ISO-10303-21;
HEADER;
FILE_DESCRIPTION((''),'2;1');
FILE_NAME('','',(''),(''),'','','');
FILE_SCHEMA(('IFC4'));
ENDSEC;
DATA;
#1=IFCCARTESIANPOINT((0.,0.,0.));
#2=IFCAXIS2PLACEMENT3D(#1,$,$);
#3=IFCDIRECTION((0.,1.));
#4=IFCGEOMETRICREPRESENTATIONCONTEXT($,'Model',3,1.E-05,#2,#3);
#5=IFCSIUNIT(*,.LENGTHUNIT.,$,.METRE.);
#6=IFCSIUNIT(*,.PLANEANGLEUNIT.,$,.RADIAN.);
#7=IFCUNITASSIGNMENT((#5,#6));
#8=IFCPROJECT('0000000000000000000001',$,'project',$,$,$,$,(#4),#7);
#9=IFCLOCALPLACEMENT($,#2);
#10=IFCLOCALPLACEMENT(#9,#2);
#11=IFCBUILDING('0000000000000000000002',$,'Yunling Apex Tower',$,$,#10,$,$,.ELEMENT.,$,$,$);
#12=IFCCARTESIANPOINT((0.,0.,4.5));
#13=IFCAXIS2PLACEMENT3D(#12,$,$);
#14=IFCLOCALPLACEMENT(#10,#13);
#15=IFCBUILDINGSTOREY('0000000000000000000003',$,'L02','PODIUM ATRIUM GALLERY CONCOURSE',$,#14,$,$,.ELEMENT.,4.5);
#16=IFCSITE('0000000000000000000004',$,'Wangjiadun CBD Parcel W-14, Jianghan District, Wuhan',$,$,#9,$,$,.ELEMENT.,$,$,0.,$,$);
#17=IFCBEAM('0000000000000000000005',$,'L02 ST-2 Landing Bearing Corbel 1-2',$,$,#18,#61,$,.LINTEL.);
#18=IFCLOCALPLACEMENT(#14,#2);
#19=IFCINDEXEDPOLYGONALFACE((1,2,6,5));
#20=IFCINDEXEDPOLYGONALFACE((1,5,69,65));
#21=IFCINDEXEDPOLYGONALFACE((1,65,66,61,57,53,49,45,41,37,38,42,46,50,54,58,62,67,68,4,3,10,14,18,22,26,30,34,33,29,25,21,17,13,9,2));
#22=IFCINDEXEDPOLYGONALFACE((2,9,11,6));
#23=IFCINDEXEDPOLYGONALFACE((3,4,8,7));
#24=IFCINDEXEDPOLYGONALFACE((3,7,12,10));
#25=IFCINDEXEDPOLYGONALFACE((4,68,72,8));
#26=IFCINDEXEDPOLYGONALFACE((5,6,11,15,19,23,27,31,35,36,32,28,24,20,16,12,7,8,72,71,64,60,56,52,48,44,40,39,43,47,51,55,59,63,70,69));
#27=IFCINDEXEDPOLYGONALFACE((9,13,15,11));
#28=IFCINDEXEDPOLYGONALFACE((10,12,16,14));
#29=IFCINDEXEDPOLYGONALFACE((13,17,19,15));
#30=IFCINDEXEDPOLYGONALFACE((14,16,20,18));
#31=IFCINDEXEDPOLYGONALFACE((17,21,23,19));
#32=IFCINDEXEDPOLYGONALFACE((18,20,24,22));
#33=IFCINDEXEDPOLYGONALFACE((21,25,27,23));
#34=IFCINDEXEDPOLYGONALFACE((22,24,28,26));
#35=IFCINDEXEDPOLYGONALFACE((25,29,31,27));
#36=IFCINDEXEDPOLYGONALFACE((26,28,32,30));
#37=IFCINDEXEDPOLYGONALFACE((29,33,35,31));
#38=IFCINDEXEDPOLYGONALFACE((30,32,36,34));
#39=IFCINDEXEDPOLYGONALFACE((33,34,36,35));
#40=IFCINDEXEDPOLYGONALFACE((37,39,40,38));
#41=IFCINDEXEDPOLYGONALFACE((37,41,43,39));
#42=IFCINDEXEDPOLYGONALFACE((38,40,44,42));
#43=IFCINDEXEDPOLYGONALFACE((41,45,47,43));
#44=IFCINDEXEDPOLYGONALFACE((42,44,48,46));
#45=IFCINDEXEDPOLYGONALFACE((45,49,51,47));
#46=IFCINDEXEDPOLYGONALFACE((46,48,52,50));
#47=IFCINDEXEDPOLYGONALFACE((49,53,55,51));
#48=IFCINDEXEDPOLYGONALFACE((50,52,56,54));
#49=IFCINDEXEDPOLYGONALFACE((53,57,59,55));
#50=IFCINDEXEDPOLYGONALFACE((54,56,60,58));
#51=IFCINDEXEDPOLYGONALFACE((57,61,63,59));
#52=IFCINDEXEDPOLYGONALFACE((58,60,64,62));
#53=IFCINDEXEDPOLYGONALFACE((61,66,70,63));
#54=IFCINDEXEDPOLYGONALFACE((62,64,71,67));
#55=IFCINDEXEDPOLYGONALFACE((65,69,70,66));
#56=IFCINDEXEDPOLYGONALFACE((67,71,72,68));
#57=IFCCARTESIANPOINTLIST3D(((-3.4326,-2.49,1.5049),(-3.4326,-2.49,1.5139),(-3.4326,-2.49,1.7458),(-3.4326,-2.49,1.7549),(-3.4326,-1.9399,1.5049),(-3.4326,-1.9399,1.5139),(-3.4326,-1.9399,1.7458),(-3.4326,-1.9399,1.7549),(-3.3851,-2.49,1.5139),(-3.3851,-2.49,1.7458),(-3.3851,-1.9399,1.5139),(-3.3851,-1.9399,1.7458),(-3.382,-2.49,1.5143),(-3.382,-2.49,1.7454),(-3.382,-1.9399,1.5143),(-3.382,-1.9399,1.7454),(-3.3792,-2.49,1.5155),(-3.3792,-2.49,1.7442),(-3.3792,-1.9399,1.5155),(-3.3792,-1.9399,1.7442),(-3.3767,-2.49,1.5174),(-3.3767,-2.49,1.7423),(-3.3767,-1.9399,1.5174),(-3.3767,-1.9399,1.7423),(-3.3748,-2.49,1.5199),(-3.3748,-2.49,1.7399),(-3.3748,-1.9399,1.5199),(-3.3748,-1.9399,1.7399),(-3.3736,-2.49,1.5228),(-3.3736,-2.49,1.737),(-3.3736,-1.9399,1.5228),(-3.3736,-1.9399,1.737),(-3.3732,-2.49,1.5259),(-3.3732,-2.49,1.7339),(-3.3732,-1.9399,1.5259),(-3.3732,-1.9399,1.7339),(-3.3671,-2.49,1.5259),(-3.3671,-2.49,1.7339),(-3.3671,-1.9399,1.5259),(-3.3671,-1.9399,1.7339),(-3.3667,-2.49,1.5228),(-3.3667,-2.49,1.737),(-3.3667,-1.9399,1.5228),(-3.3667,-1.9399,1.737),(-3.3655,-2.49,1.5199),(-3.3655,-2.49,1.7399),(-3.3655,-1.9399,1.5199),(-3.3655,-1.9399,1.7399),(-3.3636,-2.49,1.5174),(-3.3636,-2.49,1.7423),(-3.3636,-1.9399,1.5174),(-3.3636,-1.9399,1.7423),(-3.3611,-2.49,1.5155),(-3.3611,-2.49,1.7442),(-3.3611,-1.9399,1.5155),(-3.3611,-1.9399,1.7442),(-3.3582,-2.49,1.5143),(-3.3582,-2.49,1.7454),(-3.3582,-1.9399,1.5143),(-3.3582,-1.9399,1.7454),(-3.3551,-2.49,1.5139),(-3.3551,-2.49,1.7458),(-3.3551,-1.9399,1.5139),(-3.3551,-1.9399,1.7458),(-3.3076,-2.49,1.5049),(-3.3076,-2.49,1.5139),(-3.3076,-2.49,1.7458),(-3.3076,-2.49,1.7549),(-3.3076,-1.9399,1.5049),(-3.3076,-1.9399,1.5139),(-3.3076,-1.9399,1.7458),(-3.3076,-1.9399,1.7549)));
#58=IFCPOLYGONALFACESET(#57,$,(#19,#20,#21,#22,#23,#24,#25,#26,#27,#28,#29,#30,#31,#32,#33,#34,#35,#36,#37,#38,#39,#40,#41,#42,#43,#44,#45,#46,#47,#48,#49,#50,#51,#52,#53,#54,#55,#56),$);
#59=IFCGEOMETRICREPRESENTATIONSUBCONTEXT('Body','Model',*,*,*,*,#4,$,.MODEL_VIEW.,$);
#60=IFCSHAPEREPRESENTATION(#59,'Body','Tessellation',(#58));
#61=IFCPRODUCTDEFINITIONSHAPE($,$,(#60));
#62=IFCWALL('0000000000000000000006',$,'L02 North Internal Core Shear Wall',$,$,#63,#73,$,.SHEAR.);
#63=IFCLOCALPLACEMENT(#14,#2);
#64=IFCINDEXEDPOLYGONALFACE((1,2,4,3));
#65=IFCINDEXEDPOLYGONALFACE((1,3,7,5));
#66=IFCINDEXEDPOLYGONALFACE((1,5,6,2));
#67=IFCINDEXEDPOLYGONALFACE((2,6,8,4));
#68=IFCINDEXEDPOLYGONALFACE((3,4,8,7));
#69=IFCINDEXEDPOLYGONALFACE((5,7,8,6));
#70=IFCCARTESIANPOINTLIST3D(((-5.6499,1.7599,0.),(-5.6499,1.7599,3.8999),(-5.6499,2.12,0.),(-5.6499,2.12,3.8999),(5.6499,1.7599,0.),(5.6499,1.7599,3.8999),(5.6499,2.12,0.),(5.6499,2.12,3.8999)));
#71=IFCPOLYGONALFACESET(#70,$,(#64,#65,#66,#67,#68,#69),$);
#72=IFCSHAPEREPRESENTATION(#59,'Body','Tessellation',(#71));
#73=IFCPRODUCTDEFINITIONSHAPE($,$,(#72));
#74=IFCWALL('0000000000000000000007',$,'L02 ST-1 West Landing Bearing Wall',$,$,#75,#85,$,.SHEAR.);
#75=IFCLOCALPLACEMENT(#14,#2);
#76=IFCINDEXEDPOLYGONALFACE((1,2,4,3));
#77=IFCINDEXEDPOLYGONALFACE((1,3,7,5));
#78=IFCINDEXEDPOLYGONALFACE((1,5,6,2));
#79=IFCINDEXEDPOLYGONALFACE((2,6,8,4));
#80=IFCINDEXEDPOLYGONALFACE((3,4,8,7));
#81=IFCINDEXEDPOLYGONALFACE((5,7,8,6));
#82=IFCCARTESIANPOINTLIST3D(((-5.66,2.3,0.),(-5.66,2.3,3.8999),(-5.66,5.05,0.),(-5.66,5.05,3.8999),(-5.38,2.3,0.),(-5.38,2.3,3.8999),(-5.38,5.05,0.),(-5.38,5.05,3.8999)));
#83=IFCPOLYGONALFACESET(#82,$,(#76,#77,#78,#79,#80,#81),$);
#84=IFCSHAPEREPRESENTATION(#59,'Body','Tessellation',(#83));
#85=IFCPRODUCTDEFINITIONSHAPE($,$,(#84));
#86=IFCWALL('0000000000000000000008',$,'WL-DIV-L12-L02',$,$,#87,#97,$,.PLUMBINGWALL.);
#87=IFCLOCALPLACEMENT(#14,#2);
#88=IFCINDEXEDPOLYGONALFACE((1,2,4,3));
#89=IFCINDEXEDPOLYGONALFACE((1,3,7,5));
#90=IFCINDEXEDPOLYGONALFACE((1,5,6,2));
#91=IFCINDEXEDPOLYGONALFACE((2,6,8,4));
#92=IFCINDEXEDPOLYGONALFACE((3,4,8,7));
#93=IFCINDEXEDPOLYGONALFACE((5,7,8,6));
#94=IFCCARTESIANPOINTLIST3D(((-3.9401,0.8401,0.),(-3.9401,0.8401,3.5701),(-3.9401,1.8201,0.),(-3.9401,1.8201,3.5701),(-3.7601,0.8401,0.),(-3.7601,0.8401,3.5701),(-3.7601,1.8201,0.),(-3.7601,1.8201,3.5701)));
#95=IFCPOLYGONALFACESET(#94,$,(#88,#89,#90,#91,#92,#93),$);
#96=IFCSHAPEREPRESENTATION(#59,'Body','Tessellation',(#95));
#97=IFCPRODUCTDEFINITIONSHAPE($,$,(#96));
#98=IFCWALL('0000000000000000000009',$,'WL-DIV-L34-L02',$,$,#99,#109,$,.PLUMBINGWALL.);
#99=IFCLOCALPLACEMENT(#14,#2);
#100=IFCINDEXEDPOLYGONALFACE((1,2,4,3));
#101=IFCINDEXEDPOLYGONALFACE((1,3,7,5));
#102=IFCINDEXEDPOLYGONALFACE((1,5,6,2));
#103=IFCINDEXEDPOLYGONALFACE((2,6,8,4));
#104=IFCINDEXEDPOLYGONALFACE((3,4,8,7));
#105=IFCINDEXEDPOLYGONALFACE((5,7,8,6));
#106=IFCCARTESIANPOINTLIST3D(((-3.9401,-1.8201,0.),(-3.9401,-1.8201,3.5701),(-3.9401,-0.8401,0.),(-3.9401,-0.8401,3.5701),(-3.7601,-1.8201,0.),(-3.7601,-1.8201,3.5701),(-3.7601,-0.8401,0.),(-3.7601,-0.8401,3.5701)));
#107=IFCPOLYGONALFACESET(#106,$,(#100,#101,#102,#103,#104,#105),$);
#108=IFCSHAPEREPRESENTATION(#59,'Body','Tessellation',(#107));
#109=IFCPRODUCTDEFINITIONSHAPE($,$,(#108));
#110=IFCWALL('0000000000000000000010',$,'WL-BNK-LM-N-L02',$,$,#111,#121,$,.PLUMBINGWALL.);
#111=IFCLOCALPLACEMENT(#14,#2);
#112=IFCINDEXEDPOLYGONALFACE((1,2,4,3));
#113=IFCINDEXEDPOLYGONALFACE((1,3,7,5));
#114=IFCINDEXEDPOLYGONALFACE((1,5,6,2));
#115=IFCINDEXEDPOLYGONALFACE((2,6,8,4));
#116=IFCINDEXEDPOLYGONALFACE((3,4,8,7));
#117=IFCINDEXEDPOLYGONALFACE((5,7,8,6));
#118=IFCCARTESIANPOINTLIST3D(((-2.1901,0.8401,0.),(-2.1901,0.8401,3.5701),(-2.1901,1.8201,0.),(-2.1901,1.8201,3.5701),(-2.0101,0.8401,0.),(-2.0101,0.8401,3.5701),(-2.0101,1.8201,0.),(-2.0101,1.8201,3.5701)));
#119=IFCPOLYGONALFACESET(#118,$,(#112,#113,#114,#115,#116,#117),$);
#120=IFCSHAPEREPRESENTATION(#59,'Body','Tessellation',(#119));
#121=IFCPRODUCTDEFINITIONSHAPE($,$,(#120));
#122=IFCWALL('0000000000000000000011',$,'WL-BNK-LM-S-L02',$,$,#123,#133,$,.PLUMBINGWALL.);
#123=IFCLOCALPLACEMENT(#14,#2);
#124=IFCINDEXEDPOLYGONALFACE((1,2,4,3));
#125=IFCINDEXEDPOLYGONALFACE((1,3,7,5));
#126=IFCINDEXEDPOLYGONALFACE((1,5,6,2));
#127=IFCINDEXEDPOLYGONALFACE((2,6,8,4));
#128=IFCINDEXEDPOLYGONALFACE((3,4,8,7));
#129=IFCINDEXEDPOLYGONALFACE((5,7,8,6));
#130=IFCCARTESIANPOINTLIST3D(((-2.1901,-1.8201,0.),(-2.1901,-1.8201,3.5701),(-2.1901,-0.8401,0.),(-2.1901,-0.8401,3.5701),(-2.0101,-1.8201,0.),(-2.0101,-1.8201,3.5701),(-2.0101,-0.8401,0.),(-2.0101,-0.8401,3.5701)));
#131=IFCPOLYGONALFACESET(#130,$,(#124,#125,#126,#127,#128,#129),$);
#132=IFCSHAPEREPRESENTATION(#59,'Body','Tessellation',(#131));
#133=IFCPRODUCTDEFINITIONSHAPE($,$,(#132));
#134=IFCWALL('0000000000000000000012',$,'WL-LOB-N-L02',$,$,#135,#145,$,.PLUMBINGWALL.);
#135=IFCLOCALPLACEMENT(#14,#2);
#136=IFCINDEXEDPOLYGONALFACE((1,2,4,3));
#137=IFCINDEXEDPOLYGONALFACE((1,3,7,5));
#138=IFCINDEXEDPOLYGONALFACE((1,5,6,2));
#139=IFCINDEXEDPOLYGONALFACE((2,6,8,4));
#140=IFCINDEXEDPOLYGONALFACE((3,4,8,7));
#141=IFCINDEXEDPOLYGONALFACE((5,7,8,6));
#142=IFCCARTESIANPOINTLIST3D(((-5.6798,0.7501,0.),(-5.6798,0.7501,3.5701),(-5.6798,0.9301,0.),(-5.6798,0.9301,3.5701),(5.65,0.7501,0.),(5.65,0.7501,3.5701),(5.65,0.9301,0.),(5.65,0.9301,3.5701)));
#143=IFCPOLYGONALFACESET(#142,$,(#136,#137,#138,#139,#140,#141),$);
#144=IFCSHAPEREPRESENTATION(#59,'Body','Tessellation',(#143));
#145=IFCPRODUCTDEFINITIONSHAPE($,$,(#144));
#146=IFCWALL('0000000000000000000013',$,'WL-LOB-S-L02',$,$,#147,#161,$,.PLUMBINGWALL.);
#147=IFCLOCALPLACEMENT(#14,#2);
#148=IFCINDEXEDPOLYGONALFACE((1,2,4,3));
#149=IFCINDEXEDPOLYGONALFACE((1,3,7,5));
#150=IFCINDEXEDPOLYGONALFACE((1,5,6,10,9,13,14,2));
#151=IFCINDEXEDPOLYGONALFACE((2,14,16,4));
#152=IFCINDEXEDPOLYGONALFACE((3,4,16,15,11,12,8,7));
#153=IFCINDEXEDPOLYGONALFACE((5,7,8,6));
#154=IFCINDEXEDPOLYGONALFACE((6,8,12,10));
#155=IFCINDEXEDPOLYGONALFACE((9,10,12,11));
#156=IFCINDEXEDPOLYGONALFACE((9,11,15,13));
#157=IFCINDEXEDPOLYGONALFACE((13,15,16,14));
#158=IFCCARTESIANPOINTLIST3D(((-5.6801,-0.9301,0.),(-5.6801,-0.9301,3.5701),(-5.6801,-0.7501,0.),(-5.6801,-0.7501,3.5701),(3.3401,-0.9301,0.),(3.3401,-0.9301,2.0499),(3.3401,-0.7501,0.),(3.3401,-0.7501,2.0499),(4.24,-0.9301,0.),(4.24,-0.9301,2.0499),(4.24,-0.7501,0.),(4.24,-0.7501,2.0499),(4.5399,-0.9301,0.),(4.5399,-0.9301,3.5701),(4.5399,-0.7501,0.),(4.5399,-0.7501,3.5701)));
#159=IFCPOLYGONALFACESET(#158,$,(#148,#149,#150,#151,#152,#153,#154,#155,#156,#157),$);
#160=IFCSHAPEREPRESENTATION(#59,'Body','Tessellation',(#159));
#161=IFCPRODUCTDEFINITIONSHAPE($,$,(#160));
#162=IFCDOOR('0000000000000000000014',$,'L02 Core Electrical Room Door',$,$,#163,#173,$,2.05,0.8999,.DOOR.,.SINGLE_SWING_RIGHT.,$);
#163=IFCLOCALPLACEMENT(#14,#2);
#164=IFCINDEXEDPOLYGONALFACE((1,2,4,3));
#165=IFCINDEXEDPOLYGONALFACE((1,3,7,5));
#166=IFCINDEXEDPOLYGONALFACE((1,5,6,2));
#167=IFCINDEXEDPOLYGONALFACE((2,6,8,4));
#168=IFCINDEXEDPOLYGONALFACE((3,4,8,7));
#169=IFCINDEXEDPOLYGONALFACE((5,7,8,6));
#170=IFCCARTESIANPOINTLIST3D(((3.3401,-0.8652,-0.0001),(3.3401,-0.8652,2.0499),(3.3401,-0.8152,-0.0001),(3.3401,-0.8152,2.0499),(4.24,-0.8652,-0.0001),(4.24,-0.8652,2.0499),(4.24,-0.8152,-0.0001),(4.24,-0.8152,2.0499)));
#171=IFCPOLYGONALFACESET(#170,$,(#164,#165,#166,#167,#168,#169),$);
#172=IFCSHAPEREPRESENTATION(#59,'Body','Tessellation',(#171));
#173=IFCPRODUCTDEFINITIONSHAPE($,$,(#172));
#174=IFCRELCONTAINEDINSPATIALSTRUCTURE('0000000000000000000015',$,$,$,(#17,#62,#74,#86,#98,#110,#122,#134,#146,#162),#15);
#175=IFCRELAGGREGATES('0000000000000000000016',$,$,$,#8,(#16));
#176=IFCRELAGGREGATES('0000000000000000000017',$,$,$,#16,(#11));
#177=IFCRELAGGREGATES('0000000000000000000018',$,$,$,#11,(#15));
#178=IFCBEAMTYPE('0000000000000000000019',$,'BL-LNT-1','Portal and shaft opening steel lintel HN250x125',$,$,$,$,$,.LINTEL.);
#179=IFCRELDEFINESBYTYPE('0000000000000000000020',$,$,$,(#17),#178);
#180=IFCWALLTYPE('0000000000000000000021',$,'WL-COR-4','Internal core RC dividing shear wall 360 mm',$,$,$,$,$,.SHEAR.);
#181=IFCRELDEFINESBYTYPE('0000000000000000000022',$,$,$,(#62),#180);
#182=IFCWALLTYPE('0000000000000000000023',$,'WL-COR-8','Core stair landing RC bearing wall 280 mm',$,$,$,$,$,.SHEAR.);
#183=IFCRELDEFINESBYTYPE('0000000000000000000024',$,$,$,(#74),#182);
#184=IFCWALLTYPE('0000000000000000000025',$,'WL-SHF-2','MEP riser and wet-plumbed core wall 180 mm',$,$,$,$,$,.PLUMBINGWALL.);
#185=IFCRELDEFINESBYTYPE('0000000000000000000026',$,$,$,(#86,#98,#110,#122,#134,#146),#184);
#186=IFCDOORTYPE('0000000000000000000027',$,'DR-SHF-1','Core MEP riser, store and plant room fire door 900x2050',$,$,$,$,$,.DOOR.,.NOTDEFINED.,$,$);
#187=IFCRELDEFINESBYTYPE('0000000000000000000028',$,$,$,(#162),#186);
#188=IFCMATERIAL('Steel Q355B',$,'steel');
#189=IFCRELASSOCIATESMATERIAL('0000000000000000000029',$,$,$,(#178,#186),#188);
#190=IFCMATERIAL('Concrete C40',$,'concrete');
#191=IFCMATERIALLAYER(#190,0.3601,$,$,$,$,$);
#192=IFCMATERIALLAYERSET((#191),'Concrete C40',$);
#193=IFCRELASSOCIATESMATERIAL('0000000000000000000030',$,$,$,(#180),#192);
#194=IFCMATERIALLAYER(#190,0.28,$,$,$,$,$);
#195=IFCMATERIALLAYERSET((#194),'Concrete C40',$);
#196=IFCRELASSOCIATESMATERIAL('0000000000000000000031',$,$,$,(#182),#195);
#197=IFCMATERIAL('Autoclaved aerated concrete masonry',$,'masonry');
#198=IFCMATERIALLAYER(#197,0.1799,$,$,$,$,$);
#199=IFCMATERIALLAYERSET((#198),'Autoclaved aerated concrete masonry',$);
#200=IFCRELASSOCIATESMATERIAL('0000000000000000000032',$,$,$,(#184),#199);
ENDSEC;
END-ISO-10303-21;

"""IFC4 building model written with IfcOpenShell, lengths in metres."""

from ifc_helpers import new_model, si_unit, direction, frame, frame_2d, origin, origin_2d, place, context, subcontext, project, spatial, rectangle, i_section, extrude, source, transform, mapped, material, layer, layer_set, material_profile, profile_set, type_object, element, fill, save


model = new_model("IFC4")

# Units and contexts
model_context = context("Model", 3, precision=1e-05, world=origin(), true_north=direction((0.0, 1.0)))
body_context = subcontext(model_context, "Body", "Model", "MODEL_VIEW")
ifc_project = project(units=[si_unit("LENGTHUNIT", "METRE"), si_unit("PLANEANGLEUNIT", "RADIAN")], contexts=[model_context])

# Site, building, storey
site_placement = place(None, origin())
site = spatial("IfcSite", under=ifc_project, at=site_placement, Name="Wangjiadun CBD Parcel W-14, Jianghan District, Wuhan", CompositionType="ELEMENT", RefElevation=0.0)
building_placement = place(site_placement, origin())
building = spatial("IfcBuilding", under=site, at=building_placement, Name="Yunling Apex Tower", CompositionType="ELEMENT")
storey_placement = place(building_placement, frame((0.0, 0.0, 4.5)))
storey = spatial("IfcBuildingStorey", under=building, at=storey_placement, Name="L02", Description="PODIUM ATRIUM GALLERY CONCOURSE", CompositionType="ELEMENT", Elevation=4.5)

# Beam
ifc_material_1 = material(Name="Steel Q355B", Category="steel")
ifc_material_profile = material_profile(ifc_material_1, i_section(OverallWidth=0.125, OverallDepth=0.25, WebThickness=0.0061, FlangeThickness=0.009, FilletRadius=0.012, at=origin_2d()))
ifc_profile_set = profile_set([ifc_material_profile], Name="Steel Q355B")
beam_type = type_object("IfcBeamType", Name="BL-LNT-1", Description="Portal and shaft opening steel lintel HN250x125", PredefinedType="LINTEL", material=ifc_profile_set)
shared_shape_1 = source(origin(), body_context, "Body", "SweptSolid", [
    extrude(i_section(OverallWidth=0.125, OverallDepth=0.25, WebThickness=0.0061, FlangeThickness=0.009, FilletRadius=0.012, at=origin_2d()), origin(), (0.0, 0.0, 1.0), 0.55),
])
for number, where, z_axis, x_axis, name in (
    (1, (-3.3701, -1.9399, 1.6299), (0.0, -1.0, 0.0), (1.0, 0.0, 0.0), "L02 ST-2 Landing Bearing Corbel 1-2"),
):
    element("IfcBeam", number, at=place(storey_placement, frame(where, z_axis=z_axis, x_axis=x_axis)), inside=storey, type_object=beam_type, Name=name, PredefinedType="LINTEL", context=body_context, shape_type="MappedRepresentation", body=[
        mapped(shared_shape_1, transform((0.0, 0.0, 0.0), scale=1.0)),
    ])

# Walls
ifc_material_2 = material(Name="Concrete C40", Category="concrete")
ifc_layer_1 = layer(ifc_material_2, 0.3601)
ifc_layer_set_1 = layer_set([ifc_layer_1], Name="Concrete C40")
wall_type_1 = type_object("IfcWallType", Name="WL-COR-4", Description="Internal core RC dividing shear wall 360 mm", PredefinedType="SHEAR", material=ifc_layer_set_1)
wall_1_placement = place(storey_placement, frame((-5.6499, 1.9399, 0.0), z_axis=(0.0, 0.0, 1.0), x_axis=(1.0, 0.0, 0.0)))
element("IfcWall", 2, at=wall_1_placement, inside=storey, type_object=wall_type_1, Name="L02 North Internal Core Shear Wall", PredefinedType="SHEAR", context=body_context, shape_type="SweptSolid", body=[
    extrude(rectangle(XDim=11.2998, YDim=0.3601, at=frame_2d((5.6499, 0.0))), origin(), (0.0, 0.0, 1.0), 3.8999),
])
ifc_layer_2 = layer(ifc_material_2, 0.28)
ifc_layer_set_2 = layer_set([ifc_layer_2], Name="Concrete C40")
wall_type_2 = type_object("IfcWallType", Name="WL-COR-8", Description="Core stair landing RC bearing wall 280 mm", PredefinedType="SHEAR", material=ifc_layer_set_2)
wall_2_placement = place(storey_placement, frame((-5.52, 2.3, 0.0), z_axis=(0.0, 0.0, 1.0), x_axis=(0.0, 1.0, 0.0)))
element("IfcWall", 3, at=wall_2_placement, inside=storey, type_object=wall_type_2, Name="L02 ST-1 West Landing Bearing Wall", PredefinedType="SHEAR", context=body_context, shape_type="SweptSolid", body=[
    extrude(rectangle(XDim=2.75, YDim=0.28, at=frame_2d((1.375, 0.0))), origin(), (0.0, 0.0, 1.0), 3.8999),
])
ifc_material_3 = material(Name="Autoclaved aerated concrete masonry", Category="masonry")
ifc_layer_3 = layer(ifc_material_3, 0.1799)
ifc_layer_set_3 = layer_set([ifc_layer_3], Name="Autoclaved aerated concrete masonry")
wall_type_3 = type_object("IfcWallType", Name="WL-SHF-2", Description="MEP riser and wet-plumbed core wall 180 mm", PredefinedType="PLUMBINGWALL", material=ifc_layer_set_3)
for number, where, z_axis, x_axis, name in (
    (4, (-3.8501, 0.8401, 0.0), (0.0, 0.0, 1.0), (0.0, 1.0, 0.0), "WL-DIV-L12-L02"),
    (5, (-3.8501, -1.8201, 0.0), (0.0, 0.0, 1.0), (0.0, 1.0, 0.0), "WL-DIV-L34-L02"),
    (6, (-2.1001, 0.8401, 0.0), (0.0, 0.0, 1.0), (0.0, 1.0, 0.0), "WL-BNK-LM-N-L02"),
    (7, (-2.1001, -1.8201, 0.0), (0.0, 0.0, 1.0), (0.0, 1.0, 0.0), "WL-BNK-LM-S-L02"),
):
    element("IfcWall", number, at=place(storey_placement, frame(where, z_axis=z_axis, x_axis=x_axis)), inside=storey, type_object=wall_type_3, Name=name, PredefinedType="PLUMBINGWALL", context=body_context, shape_type="SweptSolid", body=[
        extrude(rectangle(XDim=0.98, YDim=0.1799, at=frame_2d((0.49, 0.0))), origin(), (0.0, 0.0, 1.0), 3.5701),
    ])
wall_3_placement = place(storey_placement, frame((-5.6799, 0.8401, 0.0), z_axis=(0.0, 0.0, 1.0), x_axis=(1.0, 0.0, 0.0)))
element("IfcWall", 8, at=wall_3_placement, inside=storey, type_object=wall_type_3, Name="WL-LOB-N-L02", PredefinedType="PLUMBINGWALL", context=body_context, shape_type="SweptSolid", body=[
    extrude(rectangle(XDim=11.3298, YDim=0.1799, at=frame_2d((5.665, 0.0))), origin(), (0.0, 0.0, 1.0), 3.5701),
])

# Wall, opening, door
wall_4_placement = place(storey_placement, frame((-5.6799, -0.8401, 0.0), z_axis=(0.0, 0.0, 1.0), x_axis=(1.0, 0.0, 0.0)))
wall_4 = element("IfcWall", 9, at=wall_4_placement, inside=storey, type_object=wall_type_3, Name="WL-LOB-S-L02", PredefinedType="PLUMBINGWALL", context=body_context, shape_type="SweptSolid", body=[
    extrude(rectangle(XDim=10.22, YDim=0.1799, at=frame_2d((5.1099, 0.0))), origin(), (0.0, 0.0, 1.0), 3.5701),
])
opening_placement = place(wall_4_placement, frame((9.02, 0.0, 0.0)))
opening = element("IfcOpeningElement", 10, at=opening_placement, cuts=wall_4, PredefinedType="OPENING", context=body_context, shape_type="SweptSolid", body=[
    extrude(rectangle(XDim=0.8999, YDim=2.05, at=frame_2d((0.45, 1.0249))), frame((0.0, 0.1001, 0.0), z_axis=(0.0, -1.0, 0.0), x_axis=(1.0, 0.0, 0.0)), (0.0, 0.0, 1.0), 0.2),
])
door_type = type_object("IfcDoorType", Name="DR-SHF-1", Description="Core MEP riser, store and plant room fire door 900x2050", OperationType="NOTDEFINED", PredefinedType="DOOR", material=ifc_material_1)
door_placement = place(opening_placement, origin())
door = element("IfcDoor", 11, at=door_placement, inside=storey, type_object=door_type, Name="L02 Core Electrical Room Door", OperationType="SINGLE_SWING_RIGHT", OverallHeight=2.05, OverallWidth=0.8999, PredefinedType="DOOR", context=body_context, shape_type="SweptSolid", body=[
    extrude(rectangle(XDim=0.8999, YDim=2.05, at=frame_2d((0.45, 1.0249))), frame((0.0, 0.0249, 0.0), z_axis=(0.0, -1.0, 0.0), x_axis=(1.0, 0.0, 0.0)), (0.0, 0.0, 1.0), 0.05),
])
fill(opening, door)

save(model, "model.ifc")
